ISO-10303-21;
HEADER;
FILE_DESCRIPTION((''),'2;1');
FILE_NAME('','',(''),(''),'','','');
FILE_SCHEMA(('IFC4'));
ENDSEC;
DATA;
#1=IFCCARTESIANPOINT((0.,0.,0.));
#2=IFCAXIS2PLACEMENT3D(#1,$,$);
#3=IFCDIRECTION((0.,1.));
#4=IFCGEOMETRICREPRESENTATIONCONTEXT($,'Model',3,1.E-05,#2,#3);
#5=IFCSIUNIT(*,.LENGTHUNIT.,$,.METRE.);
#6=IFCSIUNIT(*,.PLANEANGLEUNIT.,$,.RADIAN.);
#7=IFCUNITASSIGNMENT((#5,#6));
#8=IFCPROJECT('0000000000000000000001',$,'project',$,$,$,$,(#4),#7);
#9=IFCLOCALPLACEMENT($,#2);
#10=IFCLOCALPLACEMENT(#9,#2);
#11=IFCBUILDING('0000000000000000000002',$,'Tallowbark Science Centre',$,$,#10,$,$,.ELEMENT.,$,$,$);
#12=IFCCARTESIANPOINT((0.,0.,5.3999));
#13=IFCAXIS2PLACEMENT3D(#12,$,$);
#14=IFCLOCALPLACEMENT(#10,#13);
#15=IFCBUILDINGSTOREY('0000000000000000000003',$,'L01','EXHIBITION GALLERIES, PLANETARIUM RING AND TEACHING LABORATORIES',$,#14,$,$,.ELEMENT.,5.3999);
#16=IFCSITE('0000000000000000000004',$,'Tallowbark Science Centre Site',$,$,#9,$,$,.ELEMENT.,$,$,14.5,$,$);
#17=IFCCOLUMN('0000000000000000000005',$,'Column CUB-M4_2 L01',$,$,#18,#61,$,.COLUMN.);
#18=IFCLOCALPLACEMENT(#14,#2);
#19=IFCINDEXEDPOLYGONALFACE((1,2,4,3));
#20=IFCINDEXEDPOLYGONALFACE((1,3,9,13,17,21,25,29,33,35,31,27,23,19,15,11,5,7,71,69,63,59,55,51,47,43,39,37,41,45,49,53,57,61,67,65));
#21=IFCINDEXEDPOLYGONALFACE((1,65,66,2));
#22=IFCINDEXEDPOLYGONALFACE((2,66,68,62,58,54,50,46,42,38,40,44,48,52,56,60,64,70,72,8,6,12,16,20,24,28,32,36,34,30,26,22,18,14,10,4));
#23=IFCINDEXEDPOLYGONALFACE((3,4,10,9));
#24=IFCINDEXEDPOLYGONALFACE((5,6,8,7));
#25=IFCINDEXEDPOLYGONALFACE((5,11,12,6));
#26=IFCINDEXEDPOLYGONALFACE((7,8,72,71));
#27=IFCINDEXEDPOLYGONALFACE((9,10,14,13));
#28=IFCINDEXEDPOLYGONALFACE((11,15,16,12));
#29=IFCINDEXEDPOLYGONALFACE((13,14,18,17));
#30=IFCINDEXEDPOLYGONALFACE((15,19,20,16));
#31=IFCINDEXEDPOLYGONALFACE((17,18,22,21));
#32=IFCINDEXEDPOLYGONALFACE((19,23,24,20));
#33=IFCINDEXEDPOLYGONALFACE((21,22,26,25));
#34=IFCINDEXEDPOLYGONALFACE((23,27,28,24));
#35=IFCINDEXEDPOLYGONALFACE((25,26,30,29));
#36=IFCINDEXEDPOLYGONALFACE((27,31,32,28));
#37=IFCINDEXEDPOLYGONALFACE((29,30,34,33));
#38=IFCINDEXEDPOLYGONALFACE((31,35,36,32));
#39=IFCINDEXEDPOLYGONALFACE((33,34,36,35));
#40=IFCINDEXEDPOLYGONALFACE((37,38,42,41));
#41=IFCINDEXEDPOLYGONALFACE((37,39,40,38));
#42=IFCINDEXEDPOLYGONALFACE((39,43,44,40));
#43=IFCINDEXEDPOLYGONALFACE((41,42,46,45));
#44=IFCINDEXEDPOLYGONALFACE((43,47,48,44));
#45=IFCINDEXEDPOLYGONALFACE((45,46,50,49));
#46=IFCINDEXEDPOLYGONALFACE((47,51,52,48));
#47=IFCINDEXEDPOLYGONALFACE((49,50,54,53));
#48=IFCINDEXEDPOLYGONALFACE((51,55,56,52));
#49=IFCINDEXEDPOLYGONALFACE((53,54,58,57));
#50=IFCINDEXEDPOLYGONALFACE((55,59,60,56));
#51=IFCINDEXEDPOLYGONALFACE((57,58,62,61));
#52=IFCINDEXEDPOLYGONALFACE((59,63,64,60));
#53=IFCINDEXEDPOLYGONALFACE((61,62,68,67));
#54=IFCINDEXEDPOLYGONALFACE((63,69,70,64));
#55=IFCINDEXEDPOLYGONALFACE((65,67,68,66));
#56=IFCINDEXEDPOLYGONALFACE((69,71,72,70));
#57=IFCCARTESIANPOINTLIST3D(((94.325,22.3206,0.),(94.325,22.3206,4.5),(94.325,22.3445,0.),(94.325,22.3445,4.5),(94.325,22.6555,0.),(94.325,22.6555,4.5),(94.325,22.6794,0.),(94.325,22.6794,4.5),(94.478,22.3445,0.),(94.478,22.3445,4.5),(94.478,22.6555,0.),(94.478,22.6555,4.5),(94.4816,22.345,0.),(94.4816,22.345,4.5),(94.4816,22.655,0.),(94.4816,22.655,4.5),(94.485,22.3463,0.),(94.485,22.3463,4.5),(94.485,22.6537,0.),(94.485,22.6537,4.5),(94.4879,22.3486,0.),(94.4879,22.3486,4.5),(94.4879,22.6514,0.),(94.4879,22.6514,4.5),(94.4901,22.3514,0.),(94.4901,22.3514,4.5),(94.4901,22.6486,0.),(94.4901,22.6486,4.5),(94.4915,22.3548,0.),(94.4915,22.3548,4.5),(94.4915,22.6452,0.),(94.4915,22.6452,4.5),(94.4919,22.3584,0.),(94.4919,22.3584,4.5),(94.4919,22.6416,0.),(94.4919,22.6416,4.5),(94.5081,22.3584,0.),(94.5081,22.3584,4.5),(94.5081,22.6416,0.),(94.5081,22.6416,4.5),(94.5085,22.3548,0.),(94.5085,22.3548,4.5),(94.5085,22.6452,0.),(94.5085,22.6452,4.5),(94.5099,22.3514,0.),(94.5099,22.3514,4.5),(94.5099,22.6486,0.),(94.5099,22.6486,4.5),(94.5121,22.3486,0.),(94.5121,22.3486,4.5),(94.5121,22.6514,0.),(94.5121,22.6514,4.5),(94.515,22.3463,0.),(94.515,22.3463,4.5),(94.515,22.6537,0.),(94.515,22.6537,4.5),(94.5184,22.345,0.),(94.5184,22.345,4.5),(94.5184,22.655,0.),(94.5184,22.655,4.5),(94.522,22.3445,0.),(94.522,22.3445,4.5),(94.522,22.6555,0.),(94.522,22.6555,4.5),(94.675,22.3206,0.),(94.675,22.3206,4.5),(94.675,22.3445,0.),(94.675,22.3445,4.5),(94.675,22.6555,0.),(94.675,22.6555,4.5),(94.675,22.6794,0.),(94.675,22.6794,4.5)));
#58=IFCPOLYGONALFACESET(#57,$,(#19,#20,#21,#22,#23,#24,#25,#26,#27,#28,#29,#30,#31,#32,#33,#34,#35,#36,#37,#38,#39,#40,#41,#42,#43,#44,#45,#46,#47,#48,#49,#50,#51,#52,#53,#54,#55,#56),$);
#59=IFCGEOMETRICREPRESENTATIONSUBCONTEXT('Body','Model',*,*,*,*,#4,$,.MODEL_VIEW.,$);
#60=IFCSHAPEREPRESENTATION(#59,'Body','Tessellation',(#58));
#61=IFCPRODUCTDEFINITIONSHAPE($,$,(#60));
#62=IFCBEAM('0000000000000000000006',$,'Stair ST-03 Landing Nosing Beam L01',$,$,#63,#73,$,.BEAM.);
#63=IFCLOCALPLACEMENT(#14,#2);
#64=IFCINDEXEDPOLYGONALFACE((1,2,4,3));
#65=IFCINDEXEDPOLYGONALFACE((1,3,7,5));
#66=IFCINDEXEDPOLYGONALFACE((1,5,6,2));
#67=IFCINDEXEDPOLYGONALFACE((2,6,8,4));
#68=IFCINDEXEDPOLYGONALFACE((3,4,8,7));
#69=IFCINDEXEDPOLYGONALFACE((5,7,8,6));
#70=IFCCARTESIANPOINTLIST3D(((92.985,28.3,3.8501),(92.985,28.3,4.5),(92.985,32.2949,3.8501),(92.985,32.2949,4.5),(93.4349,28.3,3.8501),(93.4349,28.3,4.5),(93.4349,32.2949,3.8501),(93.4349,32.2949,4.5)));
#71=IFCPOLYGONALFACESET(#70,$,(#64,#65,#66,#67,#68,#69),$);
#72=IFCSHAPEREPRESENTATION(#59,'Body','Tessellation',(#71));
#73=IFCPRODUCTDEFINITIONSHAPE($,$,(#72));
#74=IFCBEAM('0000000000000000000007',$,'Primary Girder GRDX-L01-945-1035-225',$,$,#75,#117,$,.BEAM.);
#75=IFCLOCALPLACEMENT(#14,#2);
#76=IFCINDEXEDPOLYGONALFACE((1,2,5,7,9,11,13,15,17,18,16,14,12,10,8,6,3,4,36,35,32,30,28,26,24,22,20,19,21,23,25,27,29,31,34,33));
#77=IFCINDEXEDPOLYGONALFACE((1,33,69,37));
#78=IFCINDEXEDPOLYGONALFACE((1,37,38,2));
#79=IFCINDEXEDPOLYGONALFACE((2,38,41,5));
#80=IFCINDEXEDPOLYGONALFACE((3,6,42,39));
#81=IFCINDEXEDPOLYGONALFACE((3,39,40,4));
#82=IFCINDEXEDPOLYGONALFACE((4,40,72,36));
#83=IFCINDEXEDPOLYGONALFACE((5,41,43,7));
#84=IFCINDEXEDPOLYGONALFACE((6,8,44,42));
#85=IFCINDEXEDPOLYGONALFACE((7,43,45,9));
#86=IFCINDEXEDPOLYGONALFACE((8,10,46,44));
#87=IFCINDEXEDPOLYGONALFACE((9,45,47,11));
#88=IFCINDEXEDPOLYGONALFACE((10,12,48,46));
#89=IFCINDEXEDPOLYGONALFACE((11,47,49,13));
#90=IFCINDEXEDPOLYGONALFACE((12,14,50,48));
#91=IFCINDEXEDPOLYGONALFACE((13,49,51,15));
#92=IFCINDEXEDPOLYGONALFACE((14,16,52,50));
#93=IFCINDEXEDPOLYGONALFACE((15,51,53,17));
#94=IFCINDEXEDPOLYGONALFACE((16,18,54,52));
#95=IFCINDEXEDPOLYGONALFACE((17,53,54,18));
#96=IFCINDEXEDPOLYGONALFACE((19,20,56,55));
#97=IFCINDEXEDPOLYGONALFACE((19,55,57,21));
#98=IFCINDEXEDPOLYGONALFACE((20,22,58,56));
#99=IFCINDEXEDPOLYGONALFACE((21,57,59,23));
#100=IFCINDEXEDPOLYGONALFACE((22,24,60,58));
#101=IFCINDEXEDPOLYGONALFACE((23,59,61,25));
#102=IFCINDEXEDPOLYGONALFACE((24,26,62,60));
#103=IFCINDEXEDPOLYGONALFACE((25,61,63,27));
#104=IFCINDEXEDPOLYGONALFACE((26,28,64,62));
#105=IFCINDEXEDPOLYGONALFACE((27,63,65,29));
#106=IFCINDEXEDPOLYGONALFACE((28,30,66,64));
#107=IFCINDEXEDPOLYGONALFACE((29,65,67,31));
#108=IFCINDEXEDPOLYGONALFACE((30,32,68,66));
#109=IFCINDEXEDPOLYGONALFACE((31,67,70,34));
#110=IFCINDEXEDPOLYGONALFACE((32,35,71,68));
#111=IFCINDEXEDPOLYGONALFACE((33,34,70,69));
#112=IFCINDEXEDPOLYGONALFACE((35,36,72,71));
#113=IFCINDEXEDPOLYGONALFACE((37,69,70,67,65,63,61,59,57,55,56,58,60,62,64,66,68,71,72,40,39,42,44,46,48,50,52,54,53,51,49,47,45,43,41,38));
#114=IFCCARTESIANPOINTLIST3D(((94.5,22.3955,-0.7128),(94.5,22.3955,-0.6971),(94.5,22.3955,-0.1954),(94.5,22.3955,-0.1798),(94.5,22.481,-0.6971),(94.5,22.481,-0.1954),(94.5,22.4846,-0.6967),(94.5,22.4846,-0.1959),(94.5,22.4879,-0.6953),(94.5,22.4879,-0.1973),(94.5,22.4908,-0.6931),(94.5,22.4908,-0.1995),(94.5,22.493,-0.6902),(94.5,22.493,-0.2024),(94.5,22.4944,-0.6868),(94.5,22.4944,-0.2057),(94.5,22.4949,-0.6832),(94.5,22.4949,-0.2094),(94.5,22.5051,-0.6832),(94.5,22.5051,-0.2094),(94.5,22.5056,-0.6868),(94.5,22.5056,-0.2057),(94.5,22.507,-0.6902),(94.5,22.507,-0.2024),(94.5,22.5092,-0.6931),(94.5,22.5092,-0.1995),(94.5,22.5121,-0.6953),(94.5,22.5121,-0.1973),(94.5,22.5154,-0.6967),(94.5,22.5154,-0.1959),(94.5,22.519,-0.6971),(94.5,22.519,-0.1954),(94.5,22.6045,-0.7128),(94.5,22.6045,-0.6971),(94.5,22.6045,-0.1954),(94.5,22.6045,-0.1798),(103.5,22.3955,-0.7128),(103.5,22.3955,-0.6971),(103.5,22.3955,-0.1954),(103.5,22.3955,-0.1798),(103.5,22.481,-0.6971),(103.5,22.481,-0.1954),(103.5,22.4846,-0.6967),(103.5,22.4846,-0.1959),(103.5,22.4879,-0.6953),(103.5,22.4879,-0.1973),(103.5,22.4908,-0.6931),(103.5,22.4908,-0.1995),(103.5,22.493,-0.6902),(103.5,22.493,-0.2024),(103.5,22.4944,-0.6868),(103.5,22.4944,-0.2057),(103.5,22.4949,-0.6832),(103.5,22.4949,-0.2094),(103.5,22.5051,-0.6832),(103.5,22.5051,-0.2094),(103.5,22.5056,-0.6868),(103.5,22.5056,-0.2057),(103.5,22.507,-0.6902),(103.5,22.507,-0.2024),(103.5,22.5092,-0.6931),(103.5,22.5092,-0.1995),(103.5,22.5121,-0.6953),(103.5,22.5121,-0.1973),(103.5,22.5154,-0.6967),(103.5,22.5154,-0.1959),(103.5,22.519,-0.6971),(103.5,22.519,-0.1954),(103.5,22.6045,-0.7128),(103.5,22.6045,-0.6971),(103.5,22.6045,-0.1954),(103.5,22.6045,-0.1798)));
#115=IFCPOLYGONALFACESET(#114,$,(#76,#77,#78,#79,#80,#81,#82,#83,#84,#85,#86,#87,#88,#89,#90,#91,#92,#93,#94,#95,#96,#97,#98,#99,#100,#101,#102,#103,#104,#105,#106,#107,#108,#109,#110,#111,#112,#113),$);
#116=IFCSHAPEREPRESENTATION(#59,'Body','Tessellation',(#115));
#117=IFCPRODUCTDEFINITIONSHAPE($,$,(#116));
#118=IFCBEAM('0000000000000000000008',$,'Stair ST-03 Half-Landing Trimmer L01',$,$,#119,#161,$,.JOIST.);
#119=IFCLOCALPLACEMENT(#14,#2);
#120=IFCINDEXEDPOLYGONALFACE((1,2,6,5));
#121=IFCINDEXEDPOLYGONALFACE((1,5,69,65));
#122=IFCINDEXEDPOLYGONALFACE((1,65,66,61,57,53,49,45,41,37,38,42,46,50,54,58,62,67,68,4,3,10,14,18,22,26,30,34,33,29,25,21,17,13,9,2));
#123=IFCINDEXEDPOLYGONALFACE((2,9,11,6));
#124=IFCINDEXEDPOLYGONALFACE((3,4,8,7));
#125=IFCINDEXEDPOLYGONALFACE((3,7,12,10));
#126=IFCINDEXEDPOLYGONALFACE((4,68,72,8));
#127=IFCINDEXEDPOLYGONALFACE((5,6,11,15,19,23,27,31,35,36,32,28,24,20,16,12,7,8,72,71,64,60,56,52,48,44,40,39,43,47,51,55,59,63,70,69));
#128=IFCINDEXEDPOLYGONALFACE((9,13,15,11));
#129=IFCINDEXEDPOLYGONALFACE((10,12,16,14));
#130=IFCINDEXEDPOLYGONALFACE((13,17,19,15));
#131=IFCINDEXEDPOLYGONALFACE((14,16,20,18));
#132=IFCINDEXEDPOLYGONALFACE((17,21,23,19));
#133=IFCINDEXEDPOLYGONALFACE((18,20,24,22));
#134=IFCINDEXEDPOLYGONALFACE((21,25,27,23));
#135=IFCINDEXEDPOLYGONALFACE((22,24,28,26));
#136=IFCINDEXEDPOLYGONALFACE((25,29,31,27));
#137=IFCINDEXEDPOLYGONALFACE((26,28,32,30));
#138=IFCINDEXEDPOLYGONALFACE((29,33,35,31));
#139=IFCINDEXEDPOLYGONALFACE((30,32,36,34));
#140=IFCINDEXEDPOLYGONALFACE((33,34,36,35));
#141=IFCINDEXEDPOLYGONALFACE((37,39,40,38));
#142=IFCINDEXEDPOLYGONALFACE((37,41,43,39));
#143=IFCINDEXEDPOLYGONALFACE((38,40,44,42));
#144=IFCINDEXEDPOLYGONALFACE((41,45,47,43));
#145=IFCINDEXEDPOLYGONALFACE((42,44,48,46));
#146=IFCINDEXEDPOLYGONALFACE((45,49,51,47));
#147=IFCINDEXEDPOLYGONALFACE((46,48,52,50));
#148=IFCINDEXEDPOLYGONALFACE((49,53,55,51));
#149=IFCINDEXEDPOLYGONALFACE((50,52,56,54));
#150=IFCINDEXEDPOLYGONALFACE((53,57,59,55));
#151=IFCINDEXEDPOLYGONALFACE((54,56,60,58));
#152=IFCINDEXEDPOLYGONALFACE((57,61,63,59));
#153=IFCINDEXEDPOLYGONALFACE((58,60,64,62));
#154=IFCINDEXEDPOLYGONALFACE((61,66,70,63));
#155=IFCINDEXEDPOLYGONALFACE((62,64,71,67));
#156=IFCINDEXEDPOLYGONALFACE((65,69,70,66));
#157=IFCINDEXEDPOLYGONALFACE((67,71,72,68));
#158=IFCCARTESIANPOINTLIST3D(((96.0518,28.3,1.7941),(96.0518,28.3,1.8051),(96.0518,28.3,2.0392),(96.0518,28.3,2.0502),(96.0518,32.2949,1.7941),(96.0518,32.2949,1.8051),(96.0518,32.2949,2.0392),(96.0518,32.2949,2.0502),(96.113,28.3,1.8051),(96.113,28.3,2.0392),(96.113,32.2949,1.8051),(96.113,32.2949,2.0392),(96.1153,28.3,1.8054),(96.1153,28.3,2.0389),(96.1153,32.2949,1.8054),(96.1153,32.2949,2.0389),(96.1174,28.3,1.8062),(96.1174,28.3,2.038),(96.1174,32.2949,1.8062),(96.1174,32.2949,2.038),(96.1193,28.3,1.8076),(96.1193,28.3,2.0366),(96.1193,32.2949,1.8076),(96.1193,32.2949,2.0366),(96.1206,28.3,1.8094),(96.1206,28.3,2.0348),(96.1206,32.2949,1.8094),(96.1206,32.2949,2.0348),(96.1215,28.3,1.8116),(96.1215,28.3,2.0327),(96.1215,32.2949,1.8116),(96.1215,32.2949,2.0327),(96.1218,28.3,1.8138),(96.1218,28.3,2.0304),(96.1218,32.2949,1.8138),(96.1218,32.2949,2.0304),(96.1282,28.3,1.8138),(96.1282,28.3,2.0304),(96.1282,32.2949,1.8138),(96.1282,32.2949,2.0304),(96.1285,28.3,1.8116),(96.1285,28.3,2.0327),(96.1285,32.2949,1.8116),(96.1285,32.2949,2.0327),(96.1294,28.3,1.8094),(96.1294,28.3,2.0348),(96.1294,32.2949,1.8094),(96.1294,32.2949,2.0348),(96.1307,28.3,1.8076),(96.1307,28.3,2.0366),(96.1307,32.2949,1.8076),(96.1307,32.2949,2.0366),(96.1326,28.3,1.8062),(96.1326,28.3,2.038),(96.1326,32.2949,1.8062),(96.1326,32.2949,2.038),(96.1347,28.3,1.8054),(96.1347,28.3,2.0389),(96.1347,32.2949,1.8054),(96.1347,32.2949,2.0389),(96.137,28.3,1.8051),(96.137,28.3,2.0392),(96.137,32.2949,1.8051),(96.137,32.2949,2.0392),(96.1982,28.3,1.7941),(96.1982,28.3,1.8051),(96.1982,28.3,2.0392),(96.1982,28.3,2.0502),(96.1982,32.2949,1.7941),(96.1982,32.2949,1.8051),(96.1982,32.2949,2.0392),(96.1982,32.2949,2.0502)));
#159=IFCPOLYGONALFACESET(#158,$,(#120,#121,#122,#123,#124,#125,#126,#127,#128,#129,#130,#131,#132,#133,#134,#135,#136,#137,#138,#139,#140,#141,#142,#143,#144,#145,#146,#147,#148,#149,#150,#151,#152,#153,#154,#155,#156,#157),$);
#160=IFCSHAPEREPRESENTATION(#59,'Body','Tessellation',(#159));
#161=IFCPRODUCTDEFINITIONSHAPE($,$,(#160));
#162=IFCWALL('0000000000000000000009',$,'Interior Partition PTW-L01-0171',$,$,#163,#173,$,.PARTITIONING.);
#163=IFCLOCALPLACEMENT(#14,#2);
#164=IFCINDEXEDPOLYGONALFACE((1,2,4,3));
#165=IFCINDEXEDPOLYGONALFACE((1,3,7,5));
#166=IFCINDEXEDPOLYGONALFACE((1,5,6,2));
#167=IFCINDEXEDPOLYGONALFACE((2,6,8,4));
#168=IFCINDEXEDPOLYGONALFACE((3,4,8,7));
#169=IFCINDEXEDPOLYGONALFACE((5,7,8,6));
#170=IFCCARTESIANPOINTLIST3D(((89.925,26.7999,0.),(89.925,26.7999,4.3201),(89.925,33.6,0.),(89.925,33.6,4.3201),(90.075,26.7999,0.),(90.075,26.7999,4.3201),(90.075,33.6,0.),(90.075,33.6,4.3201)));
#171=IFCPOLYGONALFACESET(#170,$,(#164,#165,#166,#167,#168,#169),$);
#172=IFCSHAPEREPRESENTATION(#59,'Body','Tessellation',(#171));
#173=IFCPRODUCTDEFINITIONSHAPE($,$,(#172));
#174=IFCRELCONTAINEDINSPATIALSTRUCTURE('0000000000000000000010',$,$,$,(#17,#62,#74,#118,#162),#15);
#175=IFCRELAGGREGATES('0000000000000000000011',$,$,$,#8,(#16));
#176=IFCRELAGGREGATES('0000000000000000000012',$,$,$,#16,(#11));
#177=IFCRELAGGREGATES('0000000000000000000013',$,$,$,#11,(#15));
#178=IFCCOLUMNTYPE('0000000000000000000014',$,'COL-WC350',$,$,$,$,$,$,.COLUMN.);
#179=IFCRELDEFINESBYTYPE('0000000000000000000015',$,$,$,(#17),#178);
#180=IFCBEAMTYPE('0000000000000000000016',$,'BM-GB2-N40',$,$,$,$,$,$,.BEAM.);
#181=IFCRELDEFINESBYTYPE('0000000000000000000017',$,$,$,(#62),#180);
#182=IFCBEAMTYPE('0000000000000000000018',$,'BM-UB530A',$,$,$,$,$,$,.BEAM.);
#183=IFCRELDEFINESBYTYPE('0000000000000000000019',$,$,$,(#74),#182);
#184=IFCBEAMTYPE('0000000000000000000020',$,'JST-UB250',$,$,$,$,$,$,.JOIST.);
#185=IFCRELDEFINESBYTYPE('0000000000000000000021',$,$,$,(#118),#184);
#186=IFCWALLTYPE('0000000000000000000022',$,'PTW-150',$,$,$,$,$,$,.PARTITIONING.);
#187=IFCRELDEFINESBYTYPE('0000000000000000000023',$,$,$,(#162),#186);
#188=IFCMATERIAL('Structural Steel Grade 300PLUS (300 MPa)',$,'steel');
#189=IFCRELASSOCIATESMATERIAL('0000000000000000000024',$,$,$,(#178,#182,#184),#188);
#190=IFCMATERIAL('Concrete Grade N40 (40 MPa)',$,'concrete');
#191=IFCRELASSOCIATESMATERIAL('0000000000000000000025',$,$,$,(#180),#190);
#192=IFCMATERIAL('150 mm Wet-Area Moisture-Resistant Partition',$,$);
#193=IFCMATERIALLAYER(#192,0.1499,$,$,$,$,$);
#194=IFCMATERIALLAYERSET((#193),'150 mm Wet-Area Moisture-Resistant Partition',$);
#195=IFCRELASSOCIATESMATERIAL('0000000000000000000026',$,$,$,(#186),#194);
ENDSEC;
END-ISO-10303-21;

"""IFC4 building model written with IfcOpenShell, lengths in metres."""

from ifc_helpers import new_model, si_unit, direction, frame, frame_2d, origin, origin_2d, place, context, subcontext, project, spatial, rectangle, i_section, extrude, material, layer, layer_set, material_profile, profile_set, type_object, element, save


model = new_model("IFC4")

# Units and contexts
model_context = context("Model", 3, precision=1e-05, world=origin(), true_north=direction((0.0, 1.0)))
body_context = subcontext(model_context, "Body", "Model", "MODEL_VIEW")
ifc_project = project(units=[si_unit("LENGTHUNIT", "METRE"), si_unit("PLANEANGLEUNIT", "RADIAN")], contexts=[model_context])

# Site, building, storey
site_placement = place(None, origin())
site = spatial("IfcSite", under=ifc_project, at=site_placement, Name="Tallowbark Science Centre Site", CompositionType="ELEMENT", RefElevation=14.5)
building_placement = place(site_placement, origin())
building = spatial("IfcBuilding", under=site, at=building_placement, Name="Tallowbark Science Centre", CompositionType="ELEMENT")
storey_placement = place(building_placement, frame((0.0, 0.0, 5.3999)))
storey = spatial("IfcBuildingStorey", under=building, at=storey_placement, Name="L01", Description="EXHIBITION GALLERIES, PLANETARIUM RING AND TEACHING LABORATORIES", CompositionType="ELEMENT", Elevation=5.3999)

# Column
ifc_material_1 = material(Name="Structural Steel Grade 300PLUS (300 MPa)", Category="steel")
ifc_material_profile_1 = material_profile(ifc_material_1, i_section(OverallWidth=0.3501, OverallDepth=0.3589, WebThickness=0.0161, FlangeThickness=0.0239, FilletRadius=0.0139, at=origin_2d()), Name="350WC197")
ifc_profile_set_1 = profile_set([ifc_material_profile_1], Name="Structural Steel Grade 300PLUS (300 MPa)")
column_type = type_object("IfcColumnType", Name="COL-WC350", PredefinedType="COLUMN", material=ifc_profile_set_1)
column_placement = place(storey_placement, frame((94.5, 22.5, 0.0), z_axis=(0.0, 0.0, 1.0), x_axis=(1.0, 0.0, 0.0)))
element("IfcColumn", 1, at=column_placement, inside=storey, type_object=column_type, Name="Column CUB-M4_2 L01", PredefinedType="COLUMN", context=body_context, shape_type="SweptSolid", body=[
    extrude(i_section(OverallWidth=0.3501, OverallDepth=0.3589, WebThickness=0.0161, FlangeThickness=0.0239, FilletRadius=0.0139, at=origin_2d()), origin(), (0.0, 0.0, 1.0), 4.5),
])

# Beams
ifc_material_2 = material(Name="Concrete Grade N40 (40 MPa)", Category="concrete")
ifc_material_profile_2 = material_profile(ifc_material_2, rectangle(XDim=0.45, YDim=0.6499, at=origin_2d()), Name="RC450x650")
ifc_profile_set_2 = profile_set([ifc_material_profile_2], Name="Concrete Grade N40 (40 MPa)")
beam_type_1 = type_object("IfcBeamType", Name="BM-GB2-N40", PredefinedType="BEAM", material=ifc_profile_set_2)
beam_1_placement = place(storey_placement, frame((93.21, 28.3, 4.175), z_axis=(0.0, 1.0, 0.0), x_axis=(-1.0, 0.0, 0.0)))
element("IfcBeam", 2, at=beam_1_placement, inside=storey, type_object=beam_type_1, Name="Stair ST-03 Landing Nosing Beam L01", PredefinedType="BEAM", context=body_context, shape_type="SweptSolid", body=[
    extrude(rectangle(XDim=0.45, YDim=0.6499, at=origin_2d()), origin(), (0.0, 0.0, 1.0), 3.9949),
])
ifc_material_profile_3 = material_profile(ifc_material_1, i_section(OverallWidth=0.209, OverallDepth=0.533, WebThickness=0.0103, FlangeThickness=0.0156, FilletRadius=0.0139, at=origin_2d()), Name="530UB92.4")
ifc_profile_set_3 = profile_set([ifc_material_profile_3], Name="Structural Steel Grade 300PLUS (300 MPa)")
beam_type_2 = type_object("IfcBeamType", Name="BM-UB530A", PredefinedType="BEAM", material=ifc_profile_set_3)
beam_2_placement = place(storey_placement, frame((94.5, 22.5, -0.4463), z_axis=(1.0, 0.0, 0.0), x_axis=(0.0, 1.0, 0.0)))
element("IfcBeam", 3, at=beam_2_placement, inside=storey, type_object=beam_type_2, Name="Primary Girder GRDX-L01-945-1035-225", PredefinedType="BEAM", context=body_context, shape_type="SweptSolid", body=[
    extrude(i_section(OverallWidth=0.209, OverallDepth=0.533, WebThickness=0.0103, FlangeThickness=0.0156, FilletRadius=0.0139, at=origin_2d()), origin(), (0.0, 0.0, 1.0), 9.0),
])
ifc_material_profile_4 = material_profile(ifc_material_1, i_section(OverallWidth=0.1465, OverallDepth=0.2561, WebThickness=0.0063, FlangeThickness=0.011, FilletRadius=0.0088, at=origin_2d()), Name="250UB37.3")
ifc_profile_set_4 = profile_set([ifc_material_profile_4], Name="Structural Steel Grade 300PLUS (300 MPa)")
beam_type_3 = type_object("IfcBeamType", Name="JST-UB250", PredefinedType="JOIST", material=ifc_profile_set_4)
beam_3_placement = place(storey_placement, frame((96.125, 28.3, 1.9221), z_axis=(0.0, 1.0, 0.0), x_axis=(-1.0, 0.0, 0.0)))
element("IfcBeam", 4, at=beam_3_placement, inside=storey, type_object=beam_type_3, Name="Stair ST-03 Half-Landing Trimmer L01", PredefinedType="JOIST", context=body_context, shape_type="SweptSolid", body=[
    extrude(i_section(OverallWidth=0.1465, OverallDepth=0.2561, WebThickness=0.0063, FlangeThickness=0.011, FilletRadius=0.0088, at=origin_2d()), origin(), (0.0, 0.0, 1.0), 3.9949),
])

# Wall
ifc_material_3 = material(Name="150 mm Wet-Area Moisture-Resistant Partition")
ifc_layer_1 = layer(ifc_material_3, 0.1499)
ifc_layer_set_1 = layer_set([ifc_layer_1], Name="150 mm Wet-Area Moisture-Resistant Partition")
wall_type_1 = type_object("IfcWallType", Name="PTW-150", PredefinedType="PARTITIONING", material=ifc_layer_set_1)
wall_1_placement = place(storey_placement, frame((90.0, 26.8, 0.0), z_axis=(0.0, 0.0, 1.0), x_axis=(0.0, 1.0, 0.0)))
element("IfcWall", 5, at=wall_1_placement, inside=storey, type_object=wall_type_1, Name="Interior Partition PTW-L01-0171", PredefinedType="PARTITIONING", context=body_context, shape_type="SweptSolid", body=[
    extrude(rectangle(XDim=6.8, YDim=0.1499, at=frame_2d((3.3999, 0.0))), origin(), (0.0, 0.0, 1.0), 4.3201),
])

save(model, "model.ifc")
